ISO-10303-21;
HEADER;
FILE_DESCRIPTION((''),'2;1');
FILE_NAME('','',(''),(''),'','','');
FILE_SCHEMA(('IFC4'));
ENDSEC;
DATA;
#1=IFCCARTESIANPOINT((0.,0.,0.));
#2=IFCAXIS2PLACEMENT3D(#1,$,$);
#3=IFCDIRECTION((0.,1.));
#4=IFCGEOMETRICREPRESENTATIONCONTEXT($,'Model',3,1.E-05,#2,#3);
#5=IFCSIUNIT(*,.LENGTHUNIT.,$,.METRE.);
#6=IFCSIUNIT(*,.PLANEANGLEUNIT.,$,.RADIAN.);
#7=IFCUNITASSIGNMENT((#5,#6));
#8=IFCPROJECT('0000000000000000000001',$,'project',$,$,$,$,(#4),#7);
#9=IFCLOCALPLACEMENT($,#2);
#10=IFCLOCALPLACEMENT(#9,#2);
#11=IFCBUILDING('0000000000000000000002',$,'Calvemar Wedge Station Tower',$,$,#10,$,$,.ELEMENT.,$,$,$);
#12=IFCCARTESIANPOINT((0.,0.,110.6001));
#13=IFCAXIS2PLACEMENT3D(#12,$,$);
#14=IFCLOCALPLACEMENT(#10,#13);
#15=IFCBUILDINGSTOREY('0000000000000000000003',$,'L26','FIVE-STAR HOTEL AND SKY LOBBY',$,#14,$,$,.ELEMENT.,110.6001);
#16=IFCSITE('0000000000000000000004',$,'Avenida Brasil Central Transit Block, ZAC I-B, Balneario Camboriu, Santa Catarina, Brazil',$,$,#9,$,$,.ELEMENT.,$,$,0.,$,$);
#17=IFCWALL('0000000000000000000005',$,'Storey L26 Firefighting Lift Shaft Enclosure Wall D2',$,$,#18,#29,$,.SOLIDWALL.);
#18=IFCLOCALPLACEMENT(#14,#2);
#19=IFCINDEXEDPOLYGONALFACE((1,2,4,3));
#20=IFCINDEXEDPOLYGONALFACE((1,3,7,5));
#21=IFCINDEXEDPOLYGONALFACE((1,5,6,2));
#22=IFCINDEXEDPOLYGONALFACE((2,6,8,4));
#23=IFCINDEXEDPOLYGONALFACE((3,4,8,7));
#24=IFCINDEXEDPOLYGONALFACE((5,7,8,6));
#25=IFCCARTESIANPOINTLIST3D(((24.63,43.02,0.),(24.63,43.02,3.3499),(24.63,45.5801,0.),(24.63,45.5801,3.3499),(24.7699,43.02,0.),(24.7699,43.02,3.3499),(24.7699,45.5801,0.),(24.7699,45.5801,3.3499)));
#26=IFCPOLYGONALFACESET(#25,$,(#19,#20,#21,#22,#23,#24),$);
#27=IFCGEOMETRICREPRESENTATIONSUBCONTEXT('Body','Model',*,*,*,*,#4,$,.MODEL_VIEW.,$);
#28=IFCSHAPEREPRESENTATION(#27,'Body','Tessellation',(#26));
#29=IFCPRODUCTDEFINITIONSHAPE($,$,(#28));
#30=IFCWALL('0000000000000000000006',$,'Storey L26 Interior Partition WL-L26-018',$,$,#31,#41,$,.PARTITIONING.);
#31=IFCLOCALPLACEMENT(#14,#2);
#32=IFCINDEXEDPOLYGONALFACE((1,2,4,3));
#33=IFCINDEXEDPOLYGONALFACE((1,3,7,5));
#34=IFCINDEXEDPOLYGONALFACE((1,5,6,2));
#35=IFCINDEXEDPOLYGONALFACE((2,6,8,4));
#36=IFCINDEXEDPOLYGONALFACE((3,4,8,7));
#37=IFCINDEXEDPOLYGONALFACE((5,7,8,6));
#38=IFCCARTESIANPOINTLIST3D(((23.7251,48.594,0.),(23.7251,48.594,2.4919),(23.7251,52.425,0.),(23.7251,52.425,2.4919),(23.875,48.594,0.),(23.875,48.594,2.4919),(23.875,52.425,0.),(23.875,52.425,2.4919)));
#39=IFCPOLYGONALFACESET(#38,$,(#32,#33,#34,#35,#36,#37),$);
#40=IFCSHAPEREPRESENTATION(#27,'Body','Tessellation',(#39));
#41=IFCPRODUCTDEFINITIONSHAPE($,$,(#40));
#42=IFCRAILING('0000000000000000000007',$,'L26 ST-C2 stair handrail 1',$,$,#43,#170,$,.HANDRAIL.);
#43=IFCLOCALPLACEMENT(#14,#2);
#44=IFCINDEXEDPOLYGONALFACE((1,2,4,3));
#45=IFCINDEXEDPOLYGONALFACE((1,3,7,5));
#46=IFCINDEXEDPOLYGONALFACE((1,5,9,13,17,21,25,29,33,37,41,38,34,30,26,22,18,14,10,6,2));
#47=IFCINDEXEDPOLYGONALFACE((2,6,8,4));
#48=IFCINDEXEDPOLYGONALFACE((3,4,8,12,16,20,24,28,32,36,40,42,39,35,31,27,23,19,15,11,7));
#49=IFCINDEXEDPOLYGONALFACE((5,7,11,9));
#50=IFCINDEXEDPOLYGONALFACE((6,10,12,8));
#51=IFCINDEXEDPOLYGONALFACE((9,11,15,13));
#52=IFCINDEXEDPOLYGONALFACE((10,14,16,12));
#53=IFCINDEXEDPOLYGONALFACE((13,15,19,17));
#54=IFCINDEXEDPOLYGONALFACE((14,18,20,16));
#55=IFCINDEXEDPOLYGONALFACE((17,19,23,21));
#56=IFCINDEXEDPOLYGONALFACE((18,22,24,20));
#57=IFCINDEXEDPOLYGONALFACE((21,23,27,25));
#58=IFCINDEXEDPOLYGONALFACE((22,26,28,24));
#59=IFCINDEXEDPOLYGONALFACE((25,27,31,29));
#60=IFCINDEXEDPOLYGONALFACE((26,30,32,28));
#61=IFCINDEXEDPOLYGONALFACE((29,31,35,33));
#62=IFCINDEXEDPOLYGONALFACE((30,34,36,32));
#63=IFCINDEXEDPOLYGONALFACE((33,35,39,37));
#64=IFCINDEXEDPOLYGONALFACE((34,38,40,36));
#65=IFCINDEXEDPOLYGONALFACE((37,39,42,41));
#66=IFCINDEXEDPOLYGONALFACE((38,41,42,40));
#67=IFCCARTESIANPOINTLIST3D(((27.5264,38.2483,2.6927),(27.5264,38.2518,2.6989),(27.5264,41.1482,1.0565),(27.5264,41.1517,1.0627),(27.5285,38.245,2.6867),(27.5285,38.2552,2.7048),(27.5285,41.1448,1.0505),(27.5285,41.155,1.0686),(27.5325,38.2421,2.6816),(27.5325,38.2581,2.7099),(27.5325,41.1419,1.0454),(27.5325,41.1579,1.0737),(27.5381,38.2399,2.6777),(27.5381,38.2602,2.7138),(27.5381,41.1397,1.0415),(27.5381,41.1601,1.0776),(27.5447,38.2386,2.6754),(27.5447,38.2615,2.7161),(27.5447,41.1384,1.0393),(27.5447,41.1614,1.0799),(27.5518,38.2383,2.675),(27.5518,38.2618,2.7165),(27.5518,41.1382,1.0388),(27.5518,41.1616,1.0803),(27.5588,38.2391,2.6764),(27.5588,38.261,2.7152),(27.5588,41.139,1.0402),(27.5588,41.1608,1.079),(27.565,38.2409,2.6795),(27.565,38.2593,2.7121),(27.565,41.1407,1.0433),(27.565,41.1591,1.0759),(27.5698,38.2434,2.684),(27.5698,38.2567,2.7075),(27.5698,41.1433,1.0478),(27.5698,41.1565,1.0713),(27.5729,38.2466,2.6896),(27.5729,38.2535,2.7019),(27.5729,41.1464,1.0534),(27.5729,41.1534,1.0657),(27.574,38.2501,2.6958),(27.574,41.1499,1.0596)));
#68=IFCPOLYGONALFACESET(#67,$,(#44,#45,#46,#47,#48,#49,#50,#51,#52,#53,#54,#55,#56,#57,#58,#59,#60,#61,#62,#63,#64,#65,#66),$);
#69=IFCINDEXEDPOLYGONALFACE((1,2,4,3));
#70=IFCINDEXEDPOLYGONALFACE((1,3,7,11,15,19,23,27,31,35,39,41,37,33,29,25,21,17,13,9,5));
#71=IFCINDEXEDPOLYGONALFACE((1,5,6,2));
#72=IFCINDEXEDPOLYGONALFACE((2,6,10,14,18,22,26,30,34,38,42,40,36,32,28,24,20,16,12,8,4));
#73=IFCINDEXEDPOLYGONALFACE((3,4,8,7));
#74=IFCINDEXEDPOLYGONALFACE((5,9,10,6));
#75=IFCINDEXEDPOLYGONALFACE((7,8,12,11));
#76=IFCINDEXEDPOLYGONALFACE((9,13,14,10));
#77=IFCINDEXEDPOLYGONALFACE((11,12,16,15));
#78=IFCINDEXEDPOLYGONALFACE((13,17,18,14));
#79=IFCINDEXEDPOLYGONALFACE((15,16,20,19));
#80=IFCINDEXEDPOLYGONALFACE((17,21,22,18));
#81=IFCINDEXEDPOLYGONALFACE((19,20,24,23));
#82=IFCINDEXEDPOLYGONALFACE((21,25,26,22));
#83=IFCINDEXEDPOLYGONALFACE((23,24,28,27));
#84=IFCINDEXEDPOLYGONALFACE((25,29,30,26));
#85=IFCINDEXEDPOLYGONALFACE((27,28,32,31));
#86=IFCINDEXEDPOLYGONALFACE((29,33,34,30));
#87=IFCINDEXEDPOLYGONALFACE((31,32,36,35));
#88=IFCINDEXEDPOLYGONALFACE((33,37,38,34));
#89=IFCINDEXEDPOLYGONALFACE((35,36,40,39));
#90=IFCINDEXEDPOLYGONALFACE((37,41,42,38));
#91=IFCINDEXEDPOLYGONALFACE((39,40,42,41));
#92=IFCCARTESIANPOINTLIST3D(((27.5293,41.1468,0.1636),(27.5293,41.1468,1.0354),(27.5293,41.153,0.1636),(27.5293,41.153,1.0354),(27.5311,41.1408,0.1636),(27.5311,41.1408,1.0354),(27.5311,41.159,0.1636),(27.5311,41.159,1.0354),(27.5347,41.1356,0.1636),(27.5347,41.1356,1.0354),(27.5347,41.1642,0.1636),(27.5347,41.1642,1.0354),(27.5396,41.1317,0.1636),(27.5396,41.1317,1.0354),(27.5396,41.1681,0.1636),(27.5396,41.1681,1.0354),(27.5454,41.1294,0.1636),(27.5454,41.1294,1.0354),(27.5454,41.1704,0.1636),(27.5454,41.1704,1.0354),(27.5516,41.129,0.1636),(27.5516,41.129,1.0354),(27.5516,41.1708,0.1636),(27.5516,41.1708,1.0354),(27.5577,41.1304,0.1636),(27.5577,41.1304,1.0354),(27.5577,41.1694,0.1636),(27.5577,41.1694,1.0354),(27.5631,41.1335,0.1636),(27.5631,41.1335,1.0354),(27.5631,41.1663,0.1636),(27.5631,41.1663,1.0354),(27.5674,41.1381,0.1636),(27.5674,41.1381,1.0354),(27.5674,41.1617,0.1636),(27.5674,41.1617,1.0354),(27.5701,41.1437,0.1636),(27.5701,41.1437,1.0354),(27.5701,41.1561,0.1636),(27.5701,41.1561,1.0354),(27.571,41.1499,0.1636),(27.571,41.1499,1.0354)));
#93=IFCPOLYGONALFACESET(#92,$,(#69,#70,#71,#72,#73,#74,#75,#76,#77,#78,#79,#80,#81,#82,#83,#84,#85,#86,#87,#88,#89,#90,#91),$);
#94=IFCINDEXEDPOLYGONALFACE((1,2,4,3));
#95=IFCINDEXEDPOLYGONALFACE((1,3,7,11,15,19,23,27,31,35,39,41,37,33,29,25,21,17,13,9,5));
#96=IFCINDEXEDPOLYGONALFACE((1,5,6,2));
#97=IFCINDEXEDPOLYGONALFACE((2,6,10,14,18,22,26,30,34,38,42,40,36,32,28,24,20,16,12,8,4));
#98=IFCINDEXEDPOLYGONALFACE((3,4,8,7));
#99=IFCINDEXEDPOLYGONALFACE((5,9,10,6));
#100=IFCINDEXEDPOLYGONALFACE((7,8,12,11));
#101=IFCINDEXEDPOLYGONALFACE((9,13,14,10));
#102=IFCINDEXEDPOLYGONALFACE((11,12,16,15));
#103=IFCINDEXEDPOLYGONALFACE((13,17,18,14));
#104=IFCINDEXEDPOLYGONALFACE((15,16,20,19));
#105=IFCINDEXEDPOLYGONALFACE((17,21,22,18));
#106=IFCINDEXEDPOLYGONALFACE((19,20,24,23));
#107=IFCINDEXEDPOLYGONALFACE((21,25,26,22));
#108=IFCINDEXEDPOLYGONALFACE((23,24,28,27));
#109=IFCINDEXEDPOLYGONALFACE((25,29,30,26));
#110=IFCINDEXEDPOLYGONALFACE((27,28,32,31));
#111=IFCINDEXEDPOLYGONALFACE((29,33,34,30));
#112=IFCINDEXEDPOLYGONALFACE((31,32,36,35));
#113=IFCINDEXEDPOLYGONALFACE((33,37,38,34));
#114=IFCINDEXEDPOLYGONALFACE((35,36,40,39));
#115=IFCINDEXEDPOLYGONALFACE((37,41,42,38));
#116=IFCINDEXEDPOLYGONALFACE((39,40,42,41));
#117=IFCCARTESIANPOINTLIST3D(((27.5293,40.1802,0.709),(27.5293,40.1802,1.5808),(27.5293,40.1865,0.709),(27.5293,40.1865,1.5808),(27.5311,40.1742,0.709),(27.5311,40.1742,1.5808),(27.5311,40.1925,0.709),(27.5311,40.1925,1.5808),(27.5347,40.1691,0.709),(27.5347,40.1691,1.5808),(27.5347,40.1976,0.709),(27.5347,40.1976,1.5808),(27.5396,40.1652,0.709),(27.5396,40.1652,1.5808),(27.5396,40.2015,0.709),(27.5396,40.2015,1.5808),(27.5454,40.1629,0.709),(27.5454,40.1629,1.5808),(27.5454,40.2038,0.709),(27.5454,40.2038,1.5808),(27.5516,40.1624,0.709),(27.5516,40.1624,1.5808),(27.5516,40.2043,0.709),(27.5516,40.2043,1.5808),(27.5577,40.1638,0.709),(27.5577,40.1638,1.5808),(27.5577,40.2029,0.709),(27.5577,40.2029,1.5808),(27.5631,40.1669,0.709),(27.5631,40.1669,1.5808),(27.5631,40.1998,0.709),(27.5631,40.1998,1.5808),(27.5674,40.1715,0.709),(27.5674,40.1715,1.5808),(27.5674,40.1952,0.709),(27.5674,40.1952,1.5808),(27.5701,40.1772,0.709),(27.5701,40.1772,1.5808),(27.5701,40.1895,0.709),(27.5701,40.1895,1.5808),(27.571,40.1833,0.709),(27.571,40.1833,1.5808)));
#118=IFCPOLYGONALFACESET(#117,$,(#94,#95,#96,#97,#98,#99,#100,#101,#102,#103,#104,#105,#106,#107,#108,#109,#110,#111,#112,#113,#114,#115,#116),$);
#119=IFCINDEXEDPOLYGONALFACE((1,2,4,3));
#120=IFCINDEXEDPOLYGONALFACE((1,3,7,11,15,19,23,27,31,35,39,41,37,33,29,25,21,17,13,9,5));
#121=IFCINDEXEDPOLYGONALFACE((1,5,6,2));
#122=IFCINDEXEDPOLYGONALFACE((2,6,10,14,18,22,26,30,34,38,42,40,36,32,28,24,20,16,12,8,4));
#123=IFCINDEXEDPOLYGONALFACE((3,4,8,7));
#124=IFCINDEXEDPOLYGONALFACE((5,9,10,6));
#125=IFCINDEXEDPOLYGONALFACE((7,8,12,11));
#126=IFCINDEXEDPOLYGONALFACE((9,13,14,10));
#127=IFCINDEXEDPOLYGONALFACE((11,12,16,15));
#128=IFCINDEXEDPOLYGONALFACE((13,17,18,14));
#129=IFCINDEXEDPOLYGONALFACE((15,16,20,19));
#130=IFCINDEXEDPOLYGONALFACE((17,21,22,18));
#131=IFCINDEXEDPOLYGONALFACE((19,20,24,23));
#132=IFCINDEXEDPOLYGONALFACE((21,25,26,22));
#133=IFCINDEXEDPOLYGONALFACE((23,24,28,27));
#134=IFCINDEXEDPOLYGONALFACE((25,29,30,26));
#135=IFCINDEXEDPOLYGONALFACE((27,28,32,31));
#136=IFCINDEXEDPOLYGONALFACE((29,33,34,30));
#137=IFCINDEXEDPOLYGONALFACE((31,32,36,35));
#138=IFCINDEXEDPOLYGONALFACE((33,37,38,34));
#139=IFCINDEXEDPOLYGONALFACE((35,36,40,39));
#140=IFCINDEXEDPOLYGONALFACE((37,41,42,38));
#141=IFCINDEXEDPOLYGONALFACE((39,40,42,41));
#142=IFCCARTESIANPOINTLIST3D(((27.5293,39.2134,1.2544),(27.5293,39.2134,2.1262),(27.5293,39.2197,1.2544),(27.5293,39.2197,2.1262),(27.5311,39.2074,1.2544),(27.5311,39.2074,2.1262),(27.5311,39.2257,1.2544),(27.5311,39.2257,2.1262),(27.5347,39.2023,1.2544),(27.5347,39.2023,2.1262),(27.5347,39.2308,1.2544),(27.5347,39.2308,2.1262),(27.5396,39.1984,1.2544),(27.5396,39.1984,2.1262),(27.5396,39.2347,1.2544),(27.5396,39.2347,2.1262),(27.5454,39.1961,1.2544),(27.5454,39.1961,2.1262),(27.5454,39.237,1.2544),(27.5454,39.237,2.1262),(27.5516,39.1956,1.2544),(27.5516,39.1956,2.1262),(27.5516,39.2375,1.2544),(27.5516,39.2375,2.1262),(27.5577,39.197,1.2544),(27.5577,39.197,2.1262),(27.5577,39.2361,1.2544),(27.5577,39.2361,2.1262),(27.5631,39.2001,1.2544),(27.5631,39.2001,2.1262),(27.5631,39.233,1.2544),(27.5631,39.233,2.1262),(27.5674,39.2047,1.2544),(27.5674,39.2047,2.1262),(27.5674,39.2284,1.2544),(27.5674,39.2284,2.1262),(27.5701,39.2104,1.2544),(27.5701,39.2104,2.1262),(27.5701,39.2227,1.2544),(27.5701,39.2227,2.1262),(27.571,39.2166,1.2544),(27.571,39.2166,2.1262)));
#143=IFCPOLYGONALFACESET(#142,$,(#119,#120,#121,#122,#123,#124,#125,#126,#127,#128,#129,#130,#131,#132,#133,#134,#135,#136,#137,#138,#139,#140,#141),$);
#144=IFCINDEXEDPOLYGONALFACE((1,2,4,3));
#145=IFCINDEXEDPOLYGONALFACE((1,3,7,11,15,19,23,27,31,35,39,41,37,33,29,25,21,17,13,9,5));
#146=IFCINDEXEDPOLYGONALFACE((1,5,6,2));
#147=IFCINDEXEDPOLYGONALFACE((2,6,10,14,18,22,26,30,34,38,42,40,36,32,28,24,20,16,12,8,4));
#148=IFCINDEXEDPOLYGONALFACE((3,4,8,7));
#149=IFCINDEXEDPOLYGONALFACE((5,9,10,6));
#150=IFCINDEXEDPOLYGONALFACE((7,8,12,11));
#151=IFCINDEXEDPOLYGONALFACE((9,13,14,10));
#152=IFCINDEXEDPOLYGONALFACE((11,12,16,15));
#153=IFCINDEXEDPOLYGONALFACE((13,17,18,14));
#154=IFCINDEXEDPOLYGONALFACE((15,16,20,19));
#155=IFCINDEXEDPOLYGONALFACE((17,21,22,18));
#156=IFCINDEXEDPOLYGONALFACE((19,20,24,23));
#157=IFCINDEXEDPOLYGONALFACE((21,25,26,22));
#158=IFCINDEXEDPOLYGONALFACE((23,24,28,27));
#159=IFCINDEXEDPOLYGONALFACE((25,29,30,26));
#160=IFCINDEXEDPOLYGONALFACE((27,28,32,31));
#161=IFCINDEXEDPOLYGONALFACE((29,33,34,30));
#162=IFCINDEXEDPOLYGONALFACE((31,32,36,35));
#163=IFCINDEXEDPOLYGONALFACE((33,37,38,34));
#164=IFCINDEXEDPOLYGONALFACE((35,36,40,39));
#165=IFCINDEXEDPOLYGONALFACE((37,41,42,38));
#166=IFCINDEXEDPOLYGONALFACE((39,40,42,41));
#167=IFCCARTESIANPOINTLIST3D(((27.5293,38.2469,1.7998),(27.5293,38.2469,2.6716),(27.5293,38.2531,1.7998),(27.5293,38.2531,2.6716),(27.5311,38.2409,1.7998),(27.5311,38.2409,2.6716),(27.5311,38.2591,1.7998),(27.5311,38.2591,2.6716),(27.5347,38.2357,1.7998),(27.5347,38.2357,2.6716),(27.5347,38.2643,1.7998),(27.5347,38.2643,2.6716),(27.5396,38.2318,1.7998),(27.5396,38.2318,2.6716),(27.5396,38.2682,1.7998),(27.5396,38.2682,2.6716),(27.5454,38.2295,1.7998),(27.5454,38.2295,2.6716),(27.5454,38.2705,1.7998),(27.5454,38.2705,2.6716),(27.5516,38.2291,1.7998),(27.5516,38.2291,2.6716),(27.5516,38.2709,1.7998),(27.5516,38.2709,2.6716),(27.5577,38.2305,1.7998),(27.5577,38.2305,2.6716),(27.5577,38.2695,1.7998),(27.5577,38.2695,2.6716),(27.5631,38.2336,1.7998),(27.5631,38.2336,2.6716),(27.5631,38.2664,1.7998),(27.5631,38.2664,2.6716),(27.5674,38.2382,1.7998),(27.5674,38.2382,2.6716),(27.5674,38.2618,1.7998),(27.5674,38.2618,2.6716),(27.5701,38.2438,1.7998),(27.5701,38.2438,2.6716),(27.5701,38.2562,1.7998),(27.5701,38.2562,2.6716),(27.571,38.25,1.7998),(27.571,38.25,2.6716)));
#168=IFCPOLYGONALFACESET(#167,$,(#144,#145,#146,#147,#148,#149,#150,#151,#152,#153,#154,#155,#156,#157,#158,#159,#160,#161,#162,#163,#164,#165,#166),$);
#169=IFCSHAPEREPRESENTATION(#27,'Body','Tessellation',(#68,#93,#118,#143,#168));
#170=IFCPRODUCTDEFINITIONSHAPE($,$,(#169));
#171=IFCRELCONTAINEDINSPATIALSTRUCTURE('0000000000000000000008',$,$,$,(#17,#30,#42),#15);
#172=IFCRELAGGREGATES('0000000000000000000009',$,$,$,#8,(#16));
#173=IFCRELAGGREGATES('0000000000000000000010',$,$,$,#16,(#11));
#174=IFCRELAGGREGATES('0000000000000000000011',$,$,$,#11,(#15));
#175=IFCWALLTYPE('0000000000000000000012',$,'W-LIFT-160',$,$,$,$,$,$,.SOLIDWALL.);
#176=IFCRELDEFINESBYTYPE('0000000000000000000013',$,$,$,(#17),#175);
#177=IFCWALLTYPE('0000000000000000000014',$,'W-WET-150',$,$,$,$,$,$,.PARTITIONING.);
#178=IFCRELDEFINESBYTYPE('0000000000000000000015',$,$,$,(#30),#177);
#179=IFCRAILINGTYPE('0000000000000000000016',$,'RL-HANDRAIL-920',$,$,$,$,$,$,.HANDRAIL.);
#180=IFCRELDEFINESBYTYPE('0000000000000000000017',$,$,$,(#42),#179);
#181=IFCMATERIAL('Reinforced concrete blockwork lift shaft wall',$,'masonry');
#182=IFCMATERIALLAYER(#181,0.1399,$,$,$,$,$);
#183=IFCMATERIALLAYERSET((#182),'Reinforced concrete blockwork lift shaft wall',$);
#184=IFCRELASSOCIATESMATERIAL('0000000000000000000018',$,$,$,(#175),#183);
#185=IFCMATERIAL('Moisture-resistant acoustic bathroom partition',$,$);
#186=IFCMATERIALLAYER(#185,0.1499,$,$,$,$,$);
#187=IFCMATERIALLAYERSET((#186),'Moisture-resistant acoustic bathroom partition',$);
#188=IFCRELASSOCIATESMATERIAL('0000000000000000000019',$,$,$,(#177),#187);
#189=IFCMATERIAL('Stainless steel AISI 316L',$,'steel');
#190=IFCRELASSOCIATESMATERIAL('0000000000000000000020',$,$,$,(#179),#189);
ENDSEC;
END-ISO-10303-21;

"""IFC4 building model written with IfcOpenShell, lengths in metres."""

from ifc_helpers import new_model, si_unit, direction, frame, frame_2d, origin, origin_2d, place, context, subcontext, project, spatial, rectangle, circle, extrude, material, layer, layer_set, type_object, element, save


model = new_model("IFC4")

# Units and contexts
model_context = context("Model", 3, precision=1e-05, world=origin(), true_north=direction((0.0, 1.0)))
body_context = subcontext(model_context, "Body", "Model", "MODEL_VIEW")
ifc_project = project(units=[si_unit("LENGTHUNIT", "METRE"), si_unit("PLANEANGLEUNIT", "RADIAN")], contexts=[model_context])

# Site, building, storey
site_placement = place(None, origin())
site = spatial("IfcSite", under=ifc_project, at=site_placement, Name="Avenida Brasil Central Transit Block, ZAC I-B, Balneario Camboriu, Santa Catarina, Brazil", CompositionType="ELEMENT", RefElevation=0.0)
building_placement = place(site_placement, origin())
building = spatial("IfcBuilding", under=site, at=building_placement, Name="Calvemar Wedge Station Tower", CompositionType="ELEMENT")
storey_placement = place(building_placement, frame((0.0, 0.0, 110.6001)))
storey = spatial("IfcBuildingStorey", under=building, at=storey_placement, Name="L26", Description="FIVE-STAR HOTEL AND SKY LOBBY", CompositionType="ELEMENT", Elevation=110.6001)

# Walls
ifc_material_1 = material(Name="Reinforced concrete blockwork lift shaft wall", Category="masonry")
ifc_layer_1 = layer(ifc_material_1, 0.1399)
ifc_layer_set_1 = layer_set([ifc_layer_1], Name="Reinforced concrete blockwork lift shaft wall")
wall_type_1 = type_object("IfcWallType", Name="W-LIFT-160", PredefinedType="SOLIDWALL", material=ifc_layer_set_1)
wall_1_placement = place(storey_placement, frame((24.7, 43.02, 0.0), z_axis=(0.0, 0.0, 1.0), x_axis=(0.0, 1.0, 0.0)))
element("IfcWall", 1, at=wall_1_placement, inside=storey, type_object=wall_type_1, Name="Storey L26 Firefighting Lift Shaft Enclosure Wall D2", PredefinedType="SOLIDWALL", context=body_context, shape_type="SweptSolid", body=[
    extrude(rectangle(XDim=2.5601, YDim=0.1399, at=frame_2d((1.28, 0.0))), origin(), (0.0, 0.0, 1.0), 3.3499),
])
ifc_material_2 = material(Name="Moisture-resistant acoustic bathroom partition")
ifc_layer_2 = layer(ifc_material_2, 0.1499)
ifc_layer_set_2 = layer_set([ifc_layer_2], Name="Moisture-resistant acoustic bathroom partition")
wall_type_2 = type_object("IfcWallType", Name="W-WET-150", PredefinedType="PARTITIONING", material=ifc_layer_set_2)
wall_2_placement = place(storey_placement, frame((23.8, 52.425, 0.0), z_axis=(0.0, 0.0, 1.0), x_axis=(0.0, -1.0, 0.0)))
element("IfcWall", 2, at=wall_2_placement, inside=storey, type_object=wall_type_2, Name="Storey L26 Interior Partition WL-L26-018", PredefinedType="PARTITIONING", context=body_context, shape_type="SweptSolid", body=[
    extrude(rectangle(XDim=3.8311, YDim=0.1499, at=frame_2d((1.9155, 0.0))), origin(), (0.0, 0.0, 1.0), 2.4919),
])

# Railing
ifc_material_3 = material(Name="Stainless steel AISI 316L", Category="steel")
railing_type = type_object("IfcRailingType", Name="RL-HANDRAIL-920", PredefinedType="HANDRAIL", material=ifc_material_3)
railing_placement = place(storey_placement, frame((27.55, 41.1499, 0.1636)))
element("IfcRailing", 3, at=railing_placement, inside=storey, type_object=railing_type, Name="L26 ST-C2 stair handrail 1", PredefinedType="HANDRAIL", context=body_context, shape_type="SweptSolid", body=[
    extrude(circle(Radius=0.0239, at=origin_2d()), frame((0.0, 0.0, 0.896), z_axis=(0.0, -0.870929, 0.49141), x_axis=(1.0, 0.0, 0.0)), (0.0, 0.0, 1.0), 3.3296),
    extrude(circle(Radius=0.021, at=origin_2d()), origin(), (0.0, 0.0, 1.0), 0.8718),
    extrude(circle(Radius=0.021, at=origin_2d()), frame((0.0, -0.9666, 0.5454)), (0.0, 0.0, 1.0), 0.8718),
    extrude(circle(Radius=0.021, at=origin_2d()), frame((0.0, -1.9333, 1.0908)), (0.0, 0.0, 1.0), 0.8718),
    extrude(circle(Radius=0.021, at=origin_2d()), frame((0.0, -2.8999, 1.6362)), (0.0, 0.0, 1.0), 0.8718),
])

save(model, "model.ifc")
